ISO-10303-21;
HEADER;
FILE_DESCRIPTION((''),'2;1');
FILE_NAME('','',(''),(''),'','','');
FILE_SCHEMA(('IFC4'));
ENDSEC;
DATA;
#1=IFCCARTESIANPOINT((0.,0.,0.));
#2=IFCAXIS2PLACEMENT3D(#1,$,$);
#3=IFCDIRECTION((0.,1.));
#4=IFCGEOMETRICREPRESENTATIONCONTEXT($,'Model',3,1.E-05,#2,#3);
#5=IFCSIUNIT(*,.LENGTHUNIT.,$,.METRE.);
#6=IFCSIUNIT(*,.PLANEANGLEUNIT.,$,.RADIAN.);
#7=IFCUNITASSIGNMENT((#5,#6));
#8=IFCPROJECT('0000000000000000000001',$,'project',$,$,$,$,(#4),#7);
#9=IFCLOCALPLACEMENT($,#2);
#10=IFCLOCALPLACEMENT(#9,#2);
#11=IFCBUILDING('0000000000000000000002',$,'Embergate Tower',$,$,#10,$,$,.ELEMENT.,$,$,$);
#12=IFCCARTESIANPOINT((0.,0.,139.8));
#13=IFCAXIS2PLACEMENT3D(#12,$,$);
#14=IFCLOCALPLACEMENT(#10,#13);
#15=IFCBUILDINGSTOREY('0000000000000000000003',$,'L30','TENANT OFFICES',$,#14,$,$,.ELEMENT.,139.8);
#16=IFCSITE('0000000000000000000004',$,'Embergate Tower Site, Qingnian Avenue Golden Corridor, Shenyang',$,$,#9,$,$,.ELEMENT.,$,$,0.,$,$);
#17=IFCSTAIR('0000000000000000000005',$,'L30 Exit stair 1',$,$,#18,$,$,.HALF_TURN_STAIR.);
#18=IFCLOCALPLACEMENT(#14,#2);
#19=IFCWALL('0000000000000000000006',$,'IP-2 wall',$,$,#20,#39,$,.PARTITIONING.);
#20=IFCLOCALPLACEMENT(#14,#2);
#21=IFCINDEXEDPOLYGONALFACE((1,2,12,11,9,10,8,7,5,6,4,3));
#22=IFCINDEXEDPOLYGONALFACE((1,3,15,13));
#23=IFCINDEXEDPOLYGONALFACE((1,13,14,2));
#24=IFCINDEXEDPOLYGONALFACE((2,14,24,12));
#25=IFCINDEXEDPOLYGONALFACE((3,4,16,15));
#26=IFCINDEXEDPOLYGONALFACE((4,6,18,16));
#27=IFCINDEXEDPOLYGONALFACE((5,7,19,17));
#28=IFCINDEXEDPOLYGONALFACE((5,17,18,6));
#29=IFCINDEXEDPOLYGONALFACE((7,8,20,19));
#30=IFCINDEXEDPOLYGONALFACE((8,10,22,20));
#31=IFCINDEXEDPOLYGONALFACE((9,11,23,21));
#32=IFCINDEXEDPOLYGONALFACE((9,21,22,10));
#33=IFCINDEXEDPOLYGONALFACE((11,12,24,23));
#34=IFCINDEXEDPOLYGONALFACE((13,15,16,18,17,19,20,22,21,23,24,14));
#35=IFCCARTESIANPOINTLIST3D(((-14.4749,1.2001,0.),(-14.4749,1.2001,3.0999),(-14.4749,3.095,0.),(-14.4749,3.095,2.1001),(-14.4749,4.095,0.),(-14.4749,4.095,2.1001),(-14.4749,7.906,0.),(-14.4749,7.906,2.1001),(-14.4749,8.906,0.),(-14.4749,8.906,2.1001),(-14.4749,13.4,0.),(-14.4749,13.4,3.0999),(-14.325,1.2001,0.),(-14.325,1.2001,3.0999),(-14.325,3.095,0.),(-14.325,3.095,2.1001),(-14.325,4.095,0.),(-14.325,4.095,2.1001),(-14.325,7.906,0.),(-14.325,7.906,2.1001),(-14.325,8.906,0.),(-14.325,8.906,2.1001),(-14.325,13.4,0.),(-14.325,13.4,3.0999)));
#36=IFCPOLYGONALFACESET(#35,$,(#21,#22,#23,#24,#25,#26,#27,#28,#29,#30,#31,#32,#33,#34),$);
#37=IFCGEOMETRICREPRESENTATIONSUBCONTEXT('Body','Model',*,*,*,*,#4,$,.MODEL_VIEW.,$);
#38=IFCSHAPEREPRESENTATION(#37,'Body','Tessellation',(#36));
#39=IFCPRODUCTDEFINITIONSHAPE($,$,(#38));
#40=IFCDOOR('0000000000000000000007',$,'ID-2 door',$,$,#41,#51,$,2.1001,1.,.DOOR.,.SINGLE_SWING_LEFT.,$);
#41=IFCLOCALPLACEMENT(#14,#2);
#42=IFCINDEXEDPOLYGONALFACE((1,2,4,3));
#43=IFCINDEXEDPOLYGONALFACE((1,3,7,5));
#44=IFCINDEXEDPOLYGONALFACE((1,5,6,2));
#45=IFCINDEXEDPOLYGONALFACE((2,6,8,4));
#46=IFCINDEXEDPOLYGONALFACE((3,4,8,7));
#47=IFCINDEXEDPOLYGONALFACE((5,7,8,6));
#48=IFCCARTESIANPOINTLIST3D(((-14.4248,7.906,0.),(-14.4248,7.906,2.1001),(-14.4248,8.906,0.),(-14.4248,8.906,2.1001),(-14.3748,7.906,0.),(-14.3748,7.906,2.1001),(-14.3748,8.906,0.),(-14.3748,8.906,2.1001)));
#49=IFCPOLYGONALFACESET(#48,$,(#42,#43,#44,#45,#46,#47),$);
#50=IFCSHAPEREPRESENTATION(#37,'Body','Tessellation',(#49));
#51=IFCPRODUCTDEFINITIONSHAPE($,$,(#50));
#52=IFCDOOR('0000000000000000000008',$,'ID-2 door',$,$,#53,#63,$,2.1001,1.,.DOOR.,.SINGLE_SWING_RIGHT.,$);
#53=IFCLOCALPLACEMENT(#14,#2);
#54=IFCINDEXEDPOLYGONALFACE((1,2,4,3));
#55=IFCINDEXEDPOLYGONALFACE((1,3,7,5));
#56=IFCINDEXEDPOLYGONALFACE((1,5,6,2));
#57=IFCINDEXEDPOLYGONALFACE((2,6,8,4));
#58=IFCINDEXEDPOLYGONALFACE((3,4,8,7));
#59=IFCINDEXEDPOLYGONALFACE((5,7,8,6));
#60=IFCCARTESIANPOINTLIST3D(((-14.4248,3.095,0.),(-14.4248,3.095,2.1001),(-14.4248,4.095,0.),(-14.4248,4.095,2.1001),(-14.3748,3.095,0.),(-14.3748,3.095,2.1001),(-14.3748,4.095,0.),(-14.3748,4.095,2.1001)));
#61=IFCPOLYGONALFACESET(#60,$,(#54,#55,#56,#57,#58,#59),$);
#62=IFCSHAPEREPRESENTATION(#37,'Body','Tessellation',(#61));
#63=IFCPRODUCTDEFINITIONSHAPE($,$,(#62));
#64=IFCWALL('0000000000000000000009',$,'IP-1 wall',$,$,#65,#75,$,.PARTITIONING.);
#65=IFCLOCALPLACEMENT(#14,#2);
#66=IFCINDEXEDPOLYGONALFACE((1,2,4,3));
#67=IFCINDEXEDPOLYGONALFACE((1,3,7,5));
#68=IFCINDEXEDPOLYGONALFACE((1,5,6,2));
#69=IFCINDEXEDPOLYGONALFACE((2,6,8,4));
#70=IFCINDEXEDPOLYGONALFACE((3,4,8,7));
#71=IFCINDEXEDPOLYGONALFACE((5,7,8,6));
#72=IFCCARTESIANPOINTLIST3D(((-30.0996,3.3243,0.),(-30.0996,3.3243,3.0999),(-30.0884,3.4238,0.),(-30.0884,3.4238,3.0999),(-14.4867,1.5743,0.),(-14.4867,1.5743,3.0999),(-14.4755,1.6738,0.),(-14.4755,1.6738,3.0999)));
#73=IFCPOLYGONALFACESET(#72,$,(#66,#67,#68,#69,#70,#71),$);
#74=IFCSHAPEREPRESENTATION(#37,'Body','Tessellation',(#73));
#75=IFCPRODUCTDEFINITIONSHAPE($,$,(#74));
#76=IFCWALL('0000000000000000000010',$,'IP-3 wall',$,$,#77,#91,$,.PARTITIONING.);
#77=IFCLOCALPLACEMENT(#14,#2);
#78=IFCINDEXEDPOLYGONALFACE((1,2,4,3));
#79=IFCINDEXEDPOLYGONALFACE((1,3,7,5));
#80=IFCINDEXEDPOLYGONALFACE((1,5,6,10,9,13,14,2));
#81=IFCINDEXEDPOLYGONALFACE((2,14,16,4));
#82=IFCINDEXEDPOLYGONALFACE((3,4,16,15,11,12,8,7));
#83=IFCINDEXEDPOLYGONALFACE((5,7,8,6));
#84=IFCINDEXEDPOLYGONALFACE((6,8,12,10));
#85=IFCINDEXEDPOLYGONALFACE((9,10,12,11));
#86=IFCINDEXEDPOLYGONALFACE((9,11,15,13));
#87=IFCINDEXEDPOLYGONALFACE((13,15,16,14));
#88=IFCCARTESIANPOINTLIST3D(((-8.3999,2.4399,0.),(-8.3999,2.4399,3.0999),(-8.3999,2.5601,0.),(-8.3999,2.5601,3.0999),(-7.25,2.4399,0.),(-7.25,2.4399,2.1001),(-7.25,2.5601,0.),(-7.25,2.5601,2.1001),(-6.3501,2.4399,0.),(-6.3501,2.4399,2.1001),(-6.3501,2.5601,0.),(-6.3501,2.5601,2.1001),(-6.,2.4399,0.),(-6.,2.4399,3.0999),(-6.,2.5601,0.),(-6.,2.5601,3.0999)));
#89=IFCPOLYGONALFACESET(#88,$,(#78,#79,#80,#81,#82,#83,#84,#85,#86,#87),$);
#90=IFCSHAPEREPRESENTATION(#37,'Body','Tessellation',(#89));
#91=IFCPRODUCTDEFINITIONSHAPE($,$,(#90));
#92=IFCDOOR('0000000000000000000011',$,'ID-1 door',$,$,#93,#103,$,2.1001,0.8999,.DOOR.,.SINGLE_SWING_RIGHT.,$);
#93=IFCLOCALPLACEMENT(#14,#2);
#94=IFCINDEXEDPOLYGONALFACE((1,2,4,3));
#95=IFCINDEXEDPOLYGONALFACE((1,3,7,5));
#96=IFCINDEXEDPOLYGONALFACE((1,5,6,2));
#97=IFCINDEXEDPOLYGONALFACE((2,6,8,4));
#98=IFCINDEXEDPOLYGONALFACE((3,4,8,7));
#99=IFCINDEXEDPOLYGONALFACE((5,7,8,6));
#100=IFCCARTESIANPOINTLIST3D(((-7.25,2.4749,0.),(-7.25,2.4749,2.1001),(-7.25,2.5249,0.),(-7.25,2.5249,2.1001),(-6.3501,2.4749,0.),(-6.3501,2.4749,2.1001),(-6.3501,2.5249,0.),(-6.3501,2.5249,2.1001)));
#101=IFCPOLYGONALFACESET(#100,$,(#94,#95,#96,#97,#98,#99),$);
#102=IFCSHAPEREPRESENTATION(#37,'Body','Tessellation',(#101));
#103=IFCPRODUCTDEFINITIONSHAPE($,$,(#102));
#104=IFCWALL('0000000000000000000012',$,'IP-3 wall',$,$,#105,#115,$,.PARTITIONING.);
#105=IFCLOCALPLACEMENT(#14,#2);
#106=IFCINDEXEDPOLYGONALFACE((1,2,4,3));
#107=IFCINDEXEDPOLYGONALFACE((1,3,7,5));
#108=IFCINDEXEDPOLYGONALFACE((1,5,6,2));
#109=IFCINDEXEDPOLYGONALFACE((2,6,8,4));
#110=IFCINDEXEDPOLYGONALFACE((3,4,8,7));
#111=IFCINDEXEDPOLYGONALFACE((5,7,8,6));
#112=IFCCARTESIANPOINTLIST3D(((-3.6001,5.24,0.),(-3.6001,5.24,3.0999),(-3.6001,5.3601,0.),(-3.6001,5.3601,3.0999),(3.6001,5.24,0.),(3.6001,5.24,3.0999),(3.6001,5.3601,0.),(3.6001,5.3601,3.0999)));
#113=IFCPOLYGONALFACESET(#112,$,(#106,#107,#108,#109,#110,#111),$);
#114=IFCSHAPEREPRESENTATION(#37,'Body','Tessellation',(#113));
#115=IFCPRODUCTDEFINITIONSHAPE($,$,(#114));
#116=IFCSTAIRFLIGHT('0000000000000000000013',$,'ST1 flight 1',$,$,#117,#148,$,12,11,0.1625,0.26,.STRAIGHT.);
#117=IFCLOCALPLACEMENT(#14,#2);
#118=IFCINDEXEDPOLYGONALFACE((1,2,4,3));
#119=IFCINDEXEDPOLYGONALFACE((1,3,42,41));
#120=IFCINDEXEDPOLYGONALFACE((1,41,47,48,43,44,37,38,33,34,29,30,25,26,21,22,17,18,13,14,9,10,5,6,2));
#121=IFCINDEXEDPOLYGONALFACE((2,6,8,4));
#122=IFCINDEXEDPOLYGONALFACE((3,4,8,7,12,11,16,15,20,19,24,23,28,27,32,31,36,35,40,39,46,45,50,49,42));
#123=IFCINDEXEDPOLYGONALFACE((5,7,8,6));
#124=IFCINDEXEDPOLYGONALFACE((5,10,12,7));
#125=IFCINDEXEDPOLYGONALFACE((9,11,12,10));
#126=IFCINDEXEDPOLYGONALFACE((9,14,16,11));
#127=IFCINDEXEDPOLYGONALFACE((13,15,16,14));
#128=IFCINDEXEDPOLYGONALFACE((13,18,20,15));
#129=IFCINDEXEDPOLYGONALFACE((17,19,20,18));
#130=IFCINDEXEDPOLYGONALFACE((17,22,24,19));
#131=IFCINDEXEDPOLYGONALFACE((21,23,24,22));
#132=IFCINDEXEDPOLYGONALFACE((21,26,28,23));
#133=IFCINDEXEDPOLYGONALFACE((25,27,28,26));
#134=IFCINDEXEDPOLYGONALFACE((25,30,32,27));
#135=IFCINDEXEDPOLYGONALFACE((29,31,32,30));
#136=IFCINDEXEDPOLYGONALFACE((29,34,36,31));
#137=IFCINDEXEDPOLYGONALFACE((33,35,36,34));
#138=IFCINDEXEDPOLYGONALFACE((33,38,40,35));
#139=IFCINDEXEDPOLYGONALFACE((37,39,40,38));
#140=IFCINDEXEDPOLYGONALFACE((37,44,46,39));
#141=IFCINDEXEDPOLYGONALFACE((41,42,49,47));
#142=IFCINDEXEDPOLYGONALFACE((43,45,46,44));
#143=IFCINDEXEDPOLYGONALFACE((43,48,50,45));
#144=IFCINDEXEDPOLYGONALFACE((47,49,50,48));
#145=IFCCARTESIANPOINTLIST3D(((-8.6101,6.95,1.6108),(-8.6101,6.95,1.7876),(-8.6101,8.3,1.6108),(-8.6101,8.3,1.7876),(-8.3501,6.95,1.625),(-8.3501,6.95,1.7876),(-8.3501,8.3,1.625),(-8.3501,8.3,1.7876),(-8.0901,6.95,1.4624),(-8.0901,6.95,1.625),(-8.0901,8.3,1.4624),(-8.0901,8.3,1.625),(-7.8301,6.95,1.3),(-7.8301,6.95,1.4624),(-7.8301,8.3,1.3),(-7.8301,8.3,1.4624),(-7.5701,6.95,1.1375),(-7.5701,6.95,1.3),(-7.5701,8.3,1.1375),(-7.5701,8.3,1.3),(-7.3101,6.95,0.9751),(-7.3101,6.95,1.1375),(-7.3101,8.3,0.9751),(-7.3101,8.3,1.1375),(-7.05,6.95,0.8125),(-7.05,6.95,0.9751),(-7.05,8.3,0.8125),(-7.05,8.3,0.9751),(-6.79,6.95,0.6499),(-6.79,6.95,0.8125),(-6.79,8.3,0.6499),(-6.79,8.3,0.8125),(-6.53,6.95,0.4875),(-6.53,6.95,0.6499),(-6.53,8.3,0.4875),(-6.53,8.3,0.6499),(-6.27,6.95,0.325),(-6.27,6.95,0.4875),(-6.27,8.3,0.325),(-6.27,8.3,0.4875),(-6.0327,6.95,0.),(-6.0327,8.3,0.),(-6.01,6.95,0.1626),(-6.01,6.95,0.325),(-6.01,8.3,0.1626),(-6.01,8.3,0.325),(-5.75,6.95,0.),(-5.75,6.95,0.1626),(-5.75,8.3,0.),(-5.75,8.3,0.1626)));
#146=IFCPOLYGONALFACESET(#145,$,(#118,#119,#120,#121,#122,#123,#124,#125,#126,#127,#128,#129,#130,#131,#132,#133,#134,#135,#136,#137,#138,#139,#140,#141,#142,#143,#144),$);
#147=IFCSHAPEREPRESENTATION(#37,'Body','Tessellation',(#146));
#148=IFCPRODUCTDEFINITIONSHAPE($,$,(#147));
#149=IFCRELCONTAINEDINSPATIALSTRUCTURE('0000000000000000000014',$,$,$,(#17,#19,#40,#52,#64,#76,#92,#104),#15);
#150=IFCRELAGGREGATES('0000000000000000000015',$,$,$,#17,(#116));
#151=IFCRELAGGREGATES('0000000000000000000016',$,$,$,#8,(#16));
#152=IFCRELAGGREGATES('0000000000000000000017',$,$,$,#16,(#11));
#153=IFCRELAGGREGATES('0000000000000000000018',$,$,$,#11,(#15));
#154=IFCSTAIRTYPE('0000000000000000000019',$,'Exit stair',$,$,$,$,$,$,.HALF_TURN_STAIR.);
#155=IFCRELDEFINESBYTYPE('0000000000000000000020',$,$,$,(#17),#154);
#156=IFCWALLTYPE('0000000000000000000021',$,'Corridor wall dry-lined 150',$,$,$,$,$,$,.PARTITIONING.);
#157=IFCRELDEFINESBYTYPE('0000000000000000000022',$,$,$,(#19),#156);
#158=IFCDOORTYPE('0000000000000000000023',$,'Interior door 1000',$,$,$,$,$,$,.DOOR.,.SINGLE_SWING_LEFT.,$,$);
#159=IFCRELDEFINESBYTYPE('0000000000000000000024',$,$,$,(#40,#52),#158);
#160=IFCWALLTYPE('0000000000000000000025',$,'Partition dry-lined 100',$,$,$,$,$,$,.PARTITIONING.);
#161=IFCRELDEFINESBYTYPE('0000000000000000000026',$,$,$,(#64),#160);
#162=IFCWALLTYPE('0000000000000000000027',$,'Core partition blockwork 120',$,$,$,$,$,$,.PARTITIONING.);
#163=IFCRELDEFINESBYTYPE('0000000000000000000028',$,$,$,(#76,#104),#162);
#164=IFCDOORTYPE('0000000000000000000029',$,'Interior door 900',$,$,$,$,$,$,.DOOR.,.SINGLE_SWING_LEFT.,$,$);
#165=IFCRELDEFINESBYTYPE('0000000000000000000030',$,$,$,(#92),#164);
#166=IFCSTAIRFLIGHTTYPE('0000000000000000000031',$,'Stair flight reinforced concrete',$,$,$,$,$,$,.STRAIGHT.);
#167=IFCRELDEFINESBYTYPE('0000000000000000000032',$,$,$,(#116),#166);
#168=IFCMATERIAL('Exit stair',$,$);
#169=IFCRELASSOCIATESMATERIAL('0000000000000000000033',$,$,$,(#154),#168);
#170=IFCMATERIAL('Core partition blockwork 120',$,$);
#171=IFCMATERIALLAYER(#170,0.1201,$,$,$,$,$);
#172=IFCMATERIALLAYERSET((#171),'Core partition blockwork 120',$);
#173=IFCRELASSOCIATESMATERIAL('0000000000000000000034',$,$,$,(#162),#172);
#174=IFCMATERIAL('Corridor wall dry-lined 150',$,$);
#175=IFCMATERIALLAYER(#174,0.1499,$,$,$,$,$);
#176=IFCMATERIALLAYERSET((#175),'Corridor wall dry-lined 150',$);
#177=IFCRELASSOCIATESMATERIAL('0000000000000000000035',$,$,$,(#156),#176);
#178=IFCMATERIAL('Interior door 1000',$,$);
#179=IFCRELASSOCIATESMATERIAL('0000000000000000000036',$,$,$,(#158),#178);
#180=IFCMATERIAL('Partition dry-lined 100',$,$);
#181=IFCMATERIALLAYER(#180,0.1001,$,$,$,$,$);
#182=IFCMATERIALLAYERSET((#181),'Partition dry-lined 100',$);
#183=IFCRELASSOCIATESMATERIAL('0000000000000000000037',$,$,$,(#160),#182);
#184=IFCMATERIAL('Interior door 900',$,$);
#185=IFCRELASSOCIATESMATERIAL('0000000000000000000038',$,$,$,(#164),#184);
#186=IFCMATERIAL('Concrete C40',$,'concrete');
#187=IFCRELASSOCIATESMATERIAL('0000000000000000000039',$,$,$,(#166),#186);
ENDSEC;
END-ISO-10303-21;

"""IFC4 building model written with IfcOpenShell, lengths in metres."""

from ifc_helpers import new_model, si_unit, direction, frame, frame_2d, origin, place, context, subcontext, project, spatial, polyline, rectangle, outline, extrude, source, transform, mapped, material, layer, layer_set, type_object, element, fill, aggregate, save


model = new_model("IFC4")

# Units and contexts
model_context = context("Model", 3, precision=1e-05, world=origin(), true_north=direction((0.0, 1.0)))
body_context = subcontext(model_context, "Body", "Model", "MODEL_VIEW")
ifc_project = project(units=[si_unit("LENGTHUNIT", "METRE"), si_unit("PLANEANGLEUNIT", "RADIAN")], contexts=[model_context])

# Site, building, storey
site_placement = place(None, origin())
site = spatial("IfcSite", under=ifc_project, at=site_placement, Name="Embergate Tower Site, Qingnian Avenue Golden Corridor, Shenyang", CompositionType="ELEMENT", RefElevation=0.0)
building_placement = place(site_placement, origin())
building = spatial("IfcBuilding", under=site, at=building_placement, Name="Embergate Tower", CompositionType="ELEMENT")
storey_placement = place(building_placement, frame((0.0, 0.0, 139.8)))
storey = spatial("IfcBuildingStorey", under=building, at=storey_placement, Name="L30", Description="TENANT OFFICES", CompositionType="ELEMENT", Elevation=139.8)

# Stair
ifc_material_1 = material(Name="Exit stair")
stair_type = type_object("IfcStairType", Name="Exit stair", PredefinedType="HALF_TURN_STAIR", material=ifc_material_1)
stair_placement = place(storey_placement, origin())
stair = element("IfcStair", 1, at=stair_placement, inside=storey, type_object=stair_type, Name="L30 Exit stair 1", PredefinedType="HALF_TURN_STAIR")
ifc_material_2 = material(Name="Concrete C40", Category="concrete")

# Shared definitions
ifc_material_3 = material(Name="Core partition blockwork 120")
ifc_layer_1 = layer(ifc_material_3, 0.1201)
ifc_layer_set_1 = layer_set([ifc_layer_1], Name="Core partition blockwork 120")
wall_type_1 = type_object("IfcWallType", Name="Core partition blockwork 120", PredefinedType="PARTITIONING", material=ifc_layer_set_1)

# Wall, openings, doors
ifc_material_4 = material(Name="Corridor wall dry-lined 150")
ifc_layer_2 = layer(ifc_material_4, 0.1499)
ifc_layer_set_2 = layer_set([ifc_layer_2], Name="Corridor wall dry-lined 150")
wall_type_2 = type_object("IfcWallType", Name="Corridor wall dry-lined 150", PredefinedType="PARTITIONING", material=ifc_layer_set_2)
shared_shape_1 = source(origin(), body_context, "Body", "SweptSolid", [
    extrude(rectangle(XDim=12.2, YDim=0.1499, at=frame_2d((6.1001, 0.0))), origin(), (0.0, 0.0, 1.0), 3.0999),
])
wall_1_placement = place(storey_placement, frame((-14.3999, 1.2, 0.0), z_axis=(0.0, 0.0, 1.0), x_axis=(0.0, 1.0, 0.0)))
wall_1 = element("IfcWall", 2, at=wall_1_placement, inside=storey, type_object=wall_type_2, Name="IP-2 wall", PredefinedType="PARTITIONING", context=body_context, shape_type="MappedRepresentation", body=[
    mapped(shared_shape_1, transform((0.0, 0.0, 0.0))),
])
shared_shape_2 = source(origin(), body_context, "Body", "SweptSolid", [
    extrude(rectangle(XDim=1.0, YDim=2.1001, at=frame_2d((0.5, 1.05))), frame((0.0, 0.085, 0.0), z_axis=(0.0, -1.0, 0.0), x_axis=(1.0, 0.0, 0.0)), (0.0, 0.0, 1.0), 0.1699),
])
opening_1_placement = place(wall_1_placement, frame((6.7061, 0.0, 0.0)))
opening_1 = element("IfcOpeningElement", 3, at=opening_1_placement, cuts=wall_1, PredefinedType="OPENING", context=body_context, shape_type="MappedRepresentation", body=[
    mapped(shared_shape_2, transform((0.0, 0.0, 0.0))),
])
opening_2_placement = place(wall_1_placement, frame((1.895, 0.0, 0.0)))
opening_2 = element("IfcOpeningElement", 4, at=opening_2_placement, cuts=wall_1, PredefinedType="OPENING", context=body_context, shape_type="MappedRepresentation", body=[
    mapped(shared_shape_2, transform((0.0, 0.0, 0.0))),
])
ifc_material_5 = material(Name="Interior door 1000")
door_type_1 = type_object("IfcDoorType", Name="Interior door 1000", OperationType="SINGLE_SWING_LEFT", PredefinedType="DOOR", material=ifc_material_5)
shared_shape_3 = source(origin(), body_context, "Body", "SweptSolid", [
    extrude(rectangle(XDim=1.0, YDim=2.1001, at=frame_2d((0.5, 1.05))), frame((0.0, 0.0249, 0.0), z_axis=(0.0, -1.0, 0.0), x_axis=(1.0, 0.0, 0.0)), (0.0, 0.0, 1.0), 0.05),
])
door_1_placement = place(opening_1_placement, origin())
door_1 = element("IfcDoor", 5, at=door_1_placement, inside=storey, type_object=door_type_1, Name="ID-2 door", OperationType="SINGLE_SWING_LEFT", OverallHeight=2.1001, OverallWidth=1.0, PredefinedType="DOOR", context=body_context, shape_type="MappedRepresentation", body=[
    mapped(shared_shape_3, transform((0.0, 0.0, 0.0))),
])
fill(opening_1, door_1)
door_2_placement = place(opening_2_placement, origin())
door_2 = element("IfcDoor", 6, at=door_2_placement, inside=storey, type_object=door_type_1, Name="ID-2 door", OperationType="SINGLE_SWING_RIGHT", OverallHeight=2.1001, OverallWidth=1.0, PredefinedType="DOOR", context=body_context, shape_type="MappedRepresentation", body=[
    mapped(shared_shape_3, transform((0.0, 0.0, 0.0))),
])
fill(opening_2, door_2)

# Wall
ifc_material_6 = material(Name="Partition dry-lined 100")
ifc_layer_3 = layer(ifc_material_6, 0.1001)
ifc_layer_set_3 = layer_set([ifc_layer_3], Name="Partition dry-lined 100")
wall_type_3 = type_object("IfcWallType", Name="Partition dry-lined 100", PredefinedType="PARTITIONING", material=ifc_layer_set_3)
shared_shape_4 = source(origin(), body_context, "Body", "SweptSolid", [
    extrude(rectangle(XDim=15.7107, YDim=0.1001, at=frame_2d((7.8555, 0.0))), origin(), (0.0, 0.0, 1.0), 3.0999),
])
wall_2_placement = place(storey_placement, frame((-14.481, 1.624, 0.0), z_axis=(0.0, 0.0, 1.0), x_axis=(-0.993777, 0.111388, 0.0)))
element("IfcWall", 7, at=wall_2_placement, inside=storey, type_object=wall_type_3, Name="IP-1 wall", PredefinedType="PARTITIONING", context=body_context, shape_type="MappedRepresentation", body=[
    mapped(shared_shape_4, transform((0.0, 0.0, 0.0))),
])

# Wall, opening, door
shared_shape_5 = source(origin(), body_context, "Body", "SweptSolid", [
    extrude(rectangle(XDim=2.3999, YDim=0.1201, at=frame_2d((1.2, 0.0))), origin(), (0.0, 0.0, 1.0), 3.0999),
])
wall_3_placement = place(storey_placement, frame((-8.3999, 2.5, 0.0), z_axis=(0.0, 0.0, 1.0), x_axis=(1.0, 0.0, 0.0)))
wall_3 = element("IfcWall", 8, at=wall_3_placement, inside=storey, type_object=wall_type_1, Name="IP-3 wall", PredefinedType="PARTITIONING", context=body_context, shape_type="MappedRepresentation", body=[
    mapped(shared_shape_5, transform((0.0, 0.0, 0.0))),
])
shared_shape_6 = source(origin(), body_context, "Body", "SweptSolid", [
    extrude(rectangle(XDim=0.8999, YDim=2.1001, at=frame_2d((0.45, 1.05))), frame((0.0, 0.0701, 0.0), z_axis=(0.0, -1.0, 0.0), x_axis=(1.0, 0.0, 0.0)), (0.0, 0.0, 1.0), 0.1401),
])
opening_3_placement = place(wall_3_placement, frame((1.1499, 0.0, 0.0)))
opening_3 = element("IfcOpeningElement", 9, at=opening_3_placement, cuts=wall_3, PredefinedType="OPENING", context=body_context, shape_type="MappedRepresentation", body=[
    mapped(shared_shape_6, transform((0.0, 0.0, 0.0))),
])
ifc_material_7 = material(Name="Interior door 900")
door_type_2 = type_object("IfcDoorType", Name="Interior door 900", OperationType="SINGLE_SWING_LEFT", PredefinedType="DOOR", material=ifc_material_7)
shared_shape_7 = source(origin(), body_context, "Body", "SweptSolid", [
    extrude(rectangle(XDim=0.8999, YDim=2.1001, at=frame_2d((0.45, 1.05))), frame((0.0, 0.0249, 0.0), z_axis=(0.0, -1.0, 0.0), x_axis=(1.0, 0.0, 0.0)), (0.0, 0.0, 1.0), 0.05),
])
door_3_placement = place(opening_3_placement, origin())
door_3 = element("IfcDoor", 10, at=door_3_placement, inside=storey, type_object=door_type_2, Name="ID-1 door", OperationType="SINGLE_SWING_RIGHT", OverallHeight=2.1001, OverallWidth=0.8999, PredefinedType="DOOR", context=body_context, shape_type="MappedRepresentation", body=[
    mapped(shared_shape_7, transform((0.0, 0.0, 0.0))),
])
fill(opening_3, door_3)

# Wall
shared_shape_8 = source(origin(), body_context, "Body", "SweptSolid", [
    extrude(rectangle(XDim=7.2002, YDim=0.1201, at=frame_2d((3.6001, 0.0))), origin(), (0.0, 0.0, 1.0), 3.0999),
])
wall_4_placement = place(storey_placement, frame((-3.6001, 5.3, 0.0), z_axis=(0.0, 0.0, 1.0), x_axis=(1.0, 0.0, 0.0)))
element("IfcWall", 11, at=wall_4_placement, inside=storey, type_object=wall_type_1, Name="IP-3 wall", PredefinedType="PARTITIONING", context=body_context, shape_type="MappedRepresentation", body=[
    mapped(shared_shape_8, transform((0.0, 0.0, 0.0))),
])

# Stair flight
stair_flight_type = type_object("IfcStairFlightType", Name="Stair flight reinforced concrete", PredefinedType="STRAIGHT", material=ifc_material_2)
shared_shape_9 = source(origin(), body_context, "Body", "SweptSolid", [
    extrude(outline(polyline([(0.0, 0.0), (0.0, 0.1626), (0.26, 0.1626), (0.26, 0.325), (0.52, 0.325), (0.52, 0.4875), (0.78, 0.4875), (0.78, 0.6499), (1.04, 0.6499), (1.04, 0.8125), (1.3, 0.8125), (1.3, 0.9751), (1.5601, 0.9751), (1.5601, 1.1375), (1.8201, 1.1375), (1.8201, 1.3), (2.0801, 1.3), (2.0801, 1.4624), (2.3401, 1.4624), (2.3401, 1.625), (2.6001, 1.625), (2.6001, 1.7876), (2.8601, 1.7876), (2.8601, 1.95), (2.8601, 1.6108), (0.2827, 0.0), (0.0, 0.0)])), frame((0.0, 0.675, 0.0), z_axis=(0.0, -1.0, 0.0), x_axis=(1.0, 0.0, 0.0)), (0.0, 0.0, 1.0), 1.3501),
])
stair_flight_1_placement = place(storey_placement, frame((-5.75, 7.625, 0.0), z_axis=(0.0, 0.0, 1.0), x_axis=(-1.0, 0.0, 0.0)))
stair_flight_1 = element("IfcStairFlight", 12, at=stair_flight_1_placement, type_object=stair_flight_type, Name="ST1 flight 1", NumberOfRisers=12, NumberOfTreads=11, PredefinedType="STRAIGHT", RiserHeight=0.1625, TreadLength=0.26, context=body_context, shape_type="MappedRepresentation", body=[
    mapped(shared_shape_9, transform((0.0, 0.0, 0.0))),
])
aggregate(stair, [stair_flight_1])

save(model, "model.ifc")
